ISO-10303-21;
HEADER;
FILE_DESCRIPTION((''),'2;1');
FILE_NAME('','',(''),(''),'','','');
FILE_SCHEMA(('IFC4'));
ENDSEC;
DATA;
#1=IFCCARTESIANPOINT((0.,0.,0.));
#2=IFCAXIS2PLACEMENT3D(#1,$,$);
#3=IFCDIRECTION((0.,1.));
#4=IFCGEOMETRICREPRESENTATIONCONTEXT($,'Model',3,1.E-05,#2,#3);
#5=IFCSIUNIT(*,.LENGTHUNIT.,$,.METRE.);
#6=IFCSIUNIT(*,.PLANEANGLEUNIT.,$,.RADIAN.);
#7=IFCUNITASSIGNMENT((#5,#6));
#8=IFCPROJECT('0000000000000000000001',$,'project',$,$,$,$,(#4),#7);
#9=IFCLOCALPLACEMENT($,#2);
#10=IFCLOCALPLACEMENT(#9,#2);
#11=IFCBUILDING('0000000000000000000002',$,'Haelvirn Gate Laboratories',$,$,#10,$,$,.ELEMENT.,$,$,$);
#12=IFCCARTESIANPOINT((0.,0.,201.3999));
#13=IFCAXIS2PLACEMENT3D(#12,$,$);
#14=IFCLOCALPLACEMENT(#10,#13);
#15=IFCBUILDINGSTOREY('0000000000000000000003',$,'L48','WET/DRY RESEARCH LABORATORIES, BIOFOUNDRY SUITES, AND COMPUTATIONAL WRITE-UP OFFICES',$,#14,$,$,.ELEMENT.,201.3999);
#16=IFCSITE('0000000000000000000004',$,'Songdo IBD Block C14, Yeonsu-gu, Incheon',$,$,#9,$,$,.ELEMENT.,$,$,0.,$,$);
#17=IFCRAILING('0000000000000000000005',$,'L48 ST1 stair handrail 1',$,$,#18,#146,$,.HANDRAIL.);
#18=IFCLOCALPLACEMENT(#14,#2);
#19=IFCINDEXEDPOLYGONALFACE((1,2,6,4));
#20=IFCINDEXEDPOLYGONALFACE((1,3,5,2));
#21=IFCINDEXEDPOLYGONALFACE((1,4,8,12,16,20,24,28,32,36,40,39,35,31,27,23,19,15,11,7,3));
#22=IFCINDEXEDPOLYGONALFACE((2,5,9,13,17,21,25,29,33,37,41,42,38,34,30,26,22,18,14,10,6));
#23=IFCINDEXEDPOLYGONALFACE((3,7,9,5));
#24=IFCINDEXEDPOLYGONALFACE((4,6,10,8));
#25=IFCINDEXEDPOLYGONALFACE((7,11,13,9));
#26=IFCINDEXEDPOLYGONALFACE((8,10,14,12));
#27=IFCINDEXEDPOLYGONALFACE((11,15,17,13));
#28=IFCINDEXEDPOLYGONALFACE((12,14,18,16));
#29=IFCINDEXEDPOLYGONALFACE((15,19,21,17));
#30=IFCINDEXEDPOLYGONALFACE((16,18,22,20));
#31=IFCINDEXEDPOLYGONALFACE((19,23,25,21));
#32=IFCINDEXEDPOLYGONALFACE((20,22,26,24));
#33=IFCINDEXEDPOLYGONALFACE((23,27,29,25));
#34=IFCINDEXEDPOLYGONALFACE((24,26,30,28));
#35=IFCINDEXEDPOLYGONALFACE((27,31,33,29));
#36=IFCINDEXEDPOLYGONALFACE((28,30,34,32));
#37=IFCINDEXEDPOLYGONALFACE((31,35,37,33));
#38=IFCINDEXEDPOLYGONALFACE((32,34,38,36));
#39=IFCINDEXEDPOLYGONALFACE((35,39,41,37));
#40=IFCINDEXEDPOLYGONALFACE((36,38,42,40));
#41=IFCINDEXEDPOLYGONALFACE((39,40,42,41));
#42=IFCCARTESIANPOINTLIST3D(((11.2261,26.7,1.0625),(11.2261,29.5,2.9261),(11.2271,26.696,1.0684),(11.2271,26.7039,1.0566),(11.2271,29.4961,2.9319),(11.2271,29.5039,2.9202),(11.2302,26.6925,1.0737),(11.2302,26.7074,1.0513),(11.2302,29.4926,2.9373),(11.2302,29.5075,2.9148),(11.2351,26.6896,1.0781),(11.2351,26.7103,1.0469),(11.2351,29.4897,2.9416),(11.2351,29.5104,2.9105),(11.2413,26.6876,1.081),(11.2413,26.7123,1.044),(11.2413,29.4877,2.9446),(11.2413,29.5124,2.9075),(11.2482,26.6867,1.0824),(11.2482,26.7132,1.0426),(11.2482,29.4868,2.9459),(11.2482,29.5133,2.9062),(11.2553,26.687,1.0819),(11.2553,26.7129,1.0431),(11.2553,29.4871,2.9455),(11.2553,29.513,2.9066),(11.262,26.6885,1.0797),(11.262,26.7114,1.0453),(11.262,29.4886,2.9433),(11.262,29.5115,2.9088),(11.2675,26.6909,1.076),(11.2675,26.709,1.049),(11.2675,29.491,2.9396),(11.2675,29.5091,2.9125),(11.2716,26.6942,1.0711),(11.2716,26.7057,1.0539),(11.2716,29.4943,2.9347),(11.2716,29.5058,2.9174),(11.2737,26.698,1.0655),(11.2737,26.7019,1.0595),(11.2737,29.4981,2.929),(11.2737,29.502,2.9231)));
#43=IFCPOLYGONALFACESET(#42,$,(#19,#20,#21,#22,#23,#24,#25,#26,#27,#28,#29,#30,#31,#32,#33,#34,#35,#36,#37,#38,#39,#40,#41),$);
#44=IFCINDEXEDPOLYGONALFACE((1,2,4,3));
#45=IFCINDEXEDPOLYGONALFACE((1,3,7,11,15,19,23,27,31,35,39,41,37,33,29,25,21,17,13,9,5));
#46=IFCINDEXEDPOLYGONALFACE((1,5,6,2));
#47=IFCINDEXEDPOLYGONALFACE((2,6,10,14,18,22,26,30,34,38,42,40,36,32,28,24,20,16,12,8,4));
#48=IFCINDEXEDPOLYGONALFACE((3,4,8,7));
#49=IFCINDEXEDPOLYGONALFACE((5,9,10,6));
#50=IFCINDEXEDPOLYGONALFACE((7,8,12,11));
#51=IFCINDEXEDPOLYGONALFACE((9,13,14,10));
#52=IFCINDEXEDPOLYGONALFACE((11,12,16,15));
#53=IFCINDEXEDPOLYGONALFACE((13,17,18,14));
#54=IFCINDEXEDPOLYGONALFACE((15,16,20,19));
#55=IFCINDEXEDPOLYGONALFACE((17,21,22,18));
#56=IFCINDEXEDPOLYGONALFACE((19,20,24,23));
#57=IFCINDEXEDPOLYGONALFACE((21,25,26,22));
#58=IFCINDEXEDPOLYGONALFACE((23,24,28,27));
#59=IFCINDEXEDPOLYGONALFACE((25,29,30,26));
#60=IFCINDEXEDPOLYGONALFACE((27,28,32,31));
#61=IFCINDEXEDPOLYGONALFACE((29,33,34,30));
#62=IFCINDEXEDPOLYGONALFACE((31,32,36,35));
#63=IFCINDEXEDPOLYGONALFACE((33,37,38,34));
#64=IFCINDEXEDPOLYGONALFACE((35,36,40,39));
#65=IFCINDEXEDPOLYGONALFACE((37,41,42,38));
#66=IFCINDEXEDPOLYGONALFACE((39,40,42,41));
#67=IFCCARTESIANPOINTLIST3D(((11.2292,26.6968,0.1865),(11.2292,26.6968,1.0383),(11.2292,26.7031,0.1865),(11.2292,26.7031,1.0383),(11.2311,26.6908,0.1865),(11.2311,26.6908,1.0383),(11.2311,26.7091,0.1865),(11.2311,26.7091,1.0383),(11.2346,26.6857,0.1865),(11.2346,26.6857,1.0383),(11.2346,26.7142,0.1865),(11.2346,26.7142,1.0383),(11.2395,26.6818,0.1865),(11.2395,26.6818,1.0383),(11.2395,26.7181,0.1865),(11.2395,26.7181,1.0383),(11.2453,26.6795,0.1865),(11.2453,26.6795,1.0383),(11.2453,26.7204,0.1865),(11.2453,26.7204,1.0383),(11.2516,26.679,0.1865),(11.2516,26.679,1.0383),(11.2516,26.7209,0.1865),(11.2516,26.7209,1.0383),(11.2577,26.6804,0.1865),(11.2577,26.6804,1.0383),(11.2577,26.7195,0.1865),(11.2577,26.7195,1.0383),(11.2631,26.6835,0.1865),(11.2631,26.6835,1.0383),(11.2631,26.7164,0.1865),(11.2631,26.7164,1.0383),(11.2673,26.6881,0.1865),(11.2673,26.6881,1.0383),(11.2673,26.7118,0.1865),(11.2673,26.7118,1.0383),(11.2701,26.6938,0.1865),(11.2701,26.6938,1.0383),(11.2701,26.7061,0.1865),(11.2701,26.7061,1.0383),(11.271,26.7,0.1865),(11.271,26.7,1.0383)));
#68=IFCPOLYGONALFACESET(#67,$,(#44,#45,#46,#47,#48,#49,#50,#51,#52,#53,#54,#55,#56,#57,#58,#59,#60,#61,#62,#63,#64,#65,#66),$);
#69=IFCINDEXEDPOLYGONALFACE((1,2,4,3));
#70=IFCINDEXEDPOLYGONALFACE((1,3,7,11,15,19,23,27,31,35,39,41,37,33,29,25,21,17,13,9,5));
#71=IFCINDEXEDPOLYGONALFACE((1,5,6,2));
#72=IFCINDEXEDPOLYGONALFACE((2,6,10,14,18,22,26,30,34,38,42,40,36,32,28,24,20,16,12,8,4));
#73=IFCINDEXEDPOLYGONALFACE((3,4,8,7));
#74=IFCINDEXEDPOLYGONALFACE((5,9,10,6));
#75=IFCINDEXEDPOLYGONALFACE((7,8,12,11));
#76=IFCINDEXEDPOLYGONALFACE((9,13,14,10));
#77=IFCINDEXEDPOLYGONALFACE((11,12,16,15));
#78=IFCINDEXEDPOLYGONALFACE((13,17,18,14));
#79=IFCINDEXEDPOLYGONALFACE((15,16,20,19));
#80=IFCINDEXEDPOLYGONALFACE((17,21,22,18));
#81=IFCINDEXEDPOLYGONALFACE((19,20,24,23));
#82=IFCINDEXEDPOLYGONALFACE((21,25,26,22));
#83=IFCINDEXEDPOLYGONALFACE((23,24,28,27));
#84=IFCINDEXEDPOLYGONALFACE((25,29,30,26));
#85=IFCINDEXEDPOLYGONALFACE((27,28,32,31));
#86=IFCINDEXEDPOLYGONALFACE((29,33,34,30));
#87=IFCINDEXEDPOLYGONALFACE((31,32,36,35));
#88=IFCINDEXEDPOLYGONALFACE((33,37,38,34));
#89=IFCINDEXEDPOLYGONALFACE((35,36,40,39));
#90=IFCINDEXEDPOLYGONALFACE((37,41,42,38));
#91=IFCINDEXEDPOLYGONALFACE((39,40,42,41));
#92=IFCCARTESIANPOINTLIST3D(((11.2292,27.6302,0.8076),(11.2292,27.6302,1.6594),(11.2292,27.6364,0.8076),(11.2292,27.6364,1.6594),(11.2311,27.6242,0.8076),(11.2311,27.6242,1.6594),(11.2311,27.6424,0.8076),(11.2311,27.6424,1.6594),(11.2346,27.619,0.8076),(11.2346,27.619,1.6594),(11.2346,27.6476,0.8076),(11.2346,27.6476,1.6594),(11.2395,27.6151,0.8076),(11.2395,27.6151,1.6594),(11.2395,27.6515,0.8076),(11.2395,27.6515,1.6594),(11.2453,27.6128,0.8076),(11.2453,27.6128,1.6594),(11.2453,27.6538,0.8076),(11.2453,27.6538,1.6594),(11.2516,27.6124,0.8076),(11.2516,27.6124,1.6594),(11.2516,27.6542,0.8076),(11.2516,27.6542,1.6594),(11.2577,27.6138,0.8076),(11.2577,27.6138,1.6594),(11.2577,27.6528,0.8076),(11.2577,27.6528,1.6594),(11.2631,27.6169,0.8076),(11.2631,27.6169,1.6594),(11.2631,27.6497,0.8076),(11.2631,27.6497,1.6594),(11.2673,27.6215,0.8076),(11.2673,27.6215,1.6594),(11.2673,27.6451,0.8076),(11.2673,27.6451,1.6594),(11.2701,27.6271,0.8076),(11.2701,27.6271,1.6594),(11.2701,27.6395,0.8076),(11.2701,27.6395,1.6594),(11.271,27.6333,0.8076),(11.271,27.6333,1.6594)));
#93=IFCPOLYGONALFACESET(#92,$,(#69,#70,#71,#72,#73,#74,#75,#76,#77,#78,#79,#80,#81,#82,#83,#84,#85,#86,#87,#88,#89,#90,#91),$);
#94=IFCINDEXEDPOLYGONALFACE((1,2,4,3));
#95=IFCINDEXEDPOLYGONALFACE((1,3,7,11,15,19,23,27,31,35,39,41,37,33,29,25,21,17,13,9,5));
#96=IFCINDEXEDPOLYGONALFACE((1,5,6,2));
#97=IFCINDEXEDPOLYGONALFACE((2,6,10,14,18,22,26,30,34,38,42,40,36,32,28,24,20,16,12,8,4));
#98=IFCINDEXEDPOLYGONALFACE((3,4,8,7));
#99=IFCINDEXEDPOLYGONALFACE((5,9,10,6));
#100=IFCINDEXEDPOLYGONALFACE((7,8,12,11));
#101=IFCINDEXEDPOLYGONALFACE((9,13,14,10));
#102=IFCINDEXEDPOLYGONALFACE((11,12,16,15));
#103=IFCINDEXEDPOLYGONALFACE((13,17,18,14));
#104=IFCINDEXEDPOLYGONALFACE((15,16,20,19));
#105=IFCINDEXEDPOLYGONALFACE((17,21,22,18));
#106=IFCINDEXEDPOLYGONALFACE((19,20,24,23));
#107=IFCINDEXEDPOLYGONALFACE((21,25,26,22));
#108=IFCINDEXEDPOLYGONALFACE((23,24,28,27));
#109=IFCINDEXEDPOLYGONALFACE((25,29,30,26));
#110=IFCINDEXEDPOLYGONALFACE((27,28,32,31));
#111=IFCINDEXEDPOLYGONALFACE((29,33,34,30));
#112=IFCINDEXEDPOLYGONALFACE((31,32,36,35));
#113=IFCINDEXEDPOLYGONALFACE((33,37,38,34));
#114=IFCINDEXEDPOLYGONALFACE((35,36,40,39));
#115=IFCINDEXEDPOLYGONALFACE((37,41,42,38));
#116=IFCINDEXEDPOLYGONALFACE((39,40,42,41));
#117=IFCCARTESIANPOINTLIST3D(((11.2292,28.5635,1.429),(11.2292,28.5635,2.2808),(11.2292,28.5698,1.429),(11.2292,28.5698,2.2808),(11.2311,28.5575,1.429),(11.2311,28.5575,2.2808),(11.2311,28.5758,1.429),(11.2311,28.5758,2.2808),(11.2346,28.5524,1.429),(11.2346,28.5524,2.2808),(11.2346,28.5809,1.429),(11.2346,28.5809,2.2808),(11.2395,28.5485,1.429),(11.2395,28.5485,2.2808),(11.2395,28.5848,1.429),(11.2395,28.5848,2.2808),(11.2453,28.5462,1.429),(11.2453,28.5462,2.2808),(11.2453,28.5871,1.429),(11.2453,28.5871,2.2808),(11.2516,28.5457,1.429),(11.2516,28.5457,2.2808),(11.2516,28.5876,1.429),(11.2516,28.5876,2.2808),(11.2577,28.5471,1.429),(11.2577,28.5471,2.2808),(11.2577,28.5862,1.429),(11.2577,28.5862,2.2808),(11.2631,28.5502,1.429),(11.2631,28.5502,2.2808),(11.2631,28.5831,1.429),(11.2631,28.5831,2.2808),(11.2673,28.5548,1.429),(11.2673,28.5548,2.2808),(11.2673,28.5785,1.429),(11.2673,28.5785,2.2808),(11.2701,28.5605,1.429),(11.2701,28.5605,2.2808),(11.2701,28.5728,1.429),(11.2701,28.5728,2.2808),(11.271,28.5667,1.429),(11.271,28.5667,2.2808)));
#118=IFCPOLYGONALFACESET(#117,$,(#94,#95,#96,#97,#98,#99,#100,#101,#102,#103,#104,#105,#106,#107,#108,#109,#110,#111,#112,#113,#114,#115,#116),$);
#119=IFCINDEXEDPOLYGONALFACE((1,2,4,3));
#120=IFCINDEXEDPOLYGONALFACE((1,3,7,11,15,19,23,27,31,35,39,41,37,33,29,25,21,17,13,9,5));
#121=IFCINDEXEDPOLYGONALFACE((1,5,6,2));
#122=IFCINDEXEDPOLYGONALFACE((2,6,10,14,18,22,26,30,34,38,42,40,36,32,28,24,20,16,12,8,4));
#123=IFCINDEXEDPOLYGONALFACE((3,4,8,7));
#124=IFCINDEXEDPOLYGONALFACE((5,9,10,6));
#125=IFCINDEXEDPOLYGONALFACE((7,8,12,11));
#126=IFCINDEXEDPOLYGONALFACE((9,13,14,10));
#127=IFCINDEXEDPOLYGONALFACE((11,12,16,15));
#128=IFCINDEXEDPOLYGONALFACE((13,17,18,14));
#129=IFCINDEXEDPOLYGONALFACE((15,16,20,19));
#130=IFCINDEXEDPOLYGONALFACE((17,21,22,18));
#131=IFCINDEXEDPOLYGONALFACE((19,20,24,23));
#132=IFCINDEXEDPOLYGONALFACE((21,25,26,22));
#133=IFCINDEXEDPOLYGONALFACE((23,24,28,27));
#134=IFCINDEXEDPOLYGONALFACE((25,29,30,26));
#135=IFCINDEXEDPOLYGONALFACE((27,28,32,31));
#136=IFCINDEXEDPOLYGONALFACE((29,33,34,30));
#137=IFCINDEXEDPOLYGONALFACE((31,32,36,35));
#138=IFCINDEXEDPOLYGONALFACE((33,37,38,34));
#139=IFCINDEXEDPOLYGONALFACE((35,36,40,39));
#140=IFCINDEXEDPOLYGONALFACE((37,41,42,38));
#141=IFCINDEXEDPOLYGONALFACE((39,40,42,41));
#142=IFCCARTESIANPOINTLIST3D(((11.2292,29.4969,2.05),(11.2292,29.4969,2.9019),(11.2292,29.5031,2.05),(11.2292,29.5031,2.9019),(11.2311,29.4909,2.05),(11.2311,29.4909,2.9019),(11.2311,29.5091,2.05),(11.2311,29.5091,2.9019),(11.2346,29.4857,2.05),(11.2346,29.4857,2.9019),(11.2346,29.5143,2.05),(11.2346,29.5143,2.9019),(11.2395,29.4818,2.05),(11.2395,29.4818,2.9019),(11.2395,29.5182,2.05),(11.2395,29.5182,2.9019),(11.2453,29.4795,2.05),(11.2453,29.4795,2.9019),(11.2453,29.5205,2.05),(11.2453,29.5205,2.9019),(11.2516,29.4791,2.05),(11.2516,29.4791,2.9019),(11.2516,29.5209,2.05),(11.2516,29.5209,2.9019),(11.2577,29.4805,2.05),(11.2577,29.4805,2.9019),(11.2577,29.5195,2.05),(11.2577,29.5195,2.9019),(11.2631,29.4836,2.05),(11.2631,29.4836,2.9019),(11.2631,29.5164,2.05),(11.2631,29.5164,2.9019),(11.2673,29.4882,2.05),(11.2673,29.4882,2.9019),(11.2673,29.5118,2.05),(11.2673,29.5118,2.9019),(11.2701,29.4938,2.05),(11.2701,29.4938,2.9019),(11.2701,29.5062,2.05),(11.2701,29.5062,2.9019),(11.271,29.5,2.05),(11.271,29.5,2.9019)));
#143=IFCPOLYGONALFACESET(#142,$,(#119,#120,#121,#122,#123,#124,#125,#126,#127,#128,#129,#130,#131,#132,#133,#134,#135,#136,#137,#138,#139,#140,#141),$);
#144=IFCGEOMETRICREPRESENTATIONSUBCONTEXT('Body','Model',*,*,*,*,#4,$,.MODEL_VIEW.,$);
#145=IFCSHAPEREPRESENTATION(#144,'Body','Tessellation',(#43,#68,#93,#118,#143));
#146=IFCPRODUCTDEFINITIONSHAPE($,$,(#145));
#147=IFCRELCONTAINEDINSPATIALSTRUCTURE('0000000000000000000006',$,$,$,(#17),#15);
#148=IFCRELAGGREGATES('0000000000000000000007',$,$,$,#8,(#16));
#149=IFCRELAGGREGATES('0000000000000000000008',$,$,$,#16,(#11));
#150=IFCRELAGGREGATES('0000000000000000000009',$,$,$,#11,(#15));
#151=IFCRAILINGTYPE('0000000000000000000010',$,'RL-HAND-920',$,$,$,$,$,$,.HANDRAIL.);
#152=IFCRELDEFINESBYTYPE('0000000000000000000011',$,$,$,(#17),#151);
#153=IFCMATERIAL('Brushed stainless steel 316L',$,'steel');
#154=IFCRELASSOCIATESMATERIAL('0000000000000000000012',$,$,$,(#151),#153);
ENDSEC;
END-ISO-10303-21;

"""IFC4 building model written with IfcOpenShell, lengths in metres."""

from ifc_helpers import new_model, si_unit, direction, frame, origin, origin_2d, place, context, subcontext, project, spatial, circle, extrude, source, transform, mapped, material, type_object, element, save


model = new_model("IFC4")

# Units and contexts
model_context = context("Model", 3, precision=1e-05, world=origin(), true_north=direction((0.0, 1.0)))
body_context = subcontext(model_context, "Body", "Model", "MODEL_VIEW")
ifc_project = project(units=[si_unit("LENGTHUNIT", "METRE"), si_unit("PLANEANGLEUNIT", "RADIAN")], contexts=[model_context])

# Site, building, storey
site_placement = place(None, origin())
site = spatial("IfcSite", under=ifc_project, at=site_placement, Name="Songdo IBD Block C14, Yeonsu-gu, Incheon", CompositionType="ELEMENT", RefElevation=0.0)
building_placement = place(site_placement, origin())
building = spatial("IfcBuilding", under=site, at=building_placement, Name="Haelvirn Gate Laboratories", CompositionType="ELEMENT")
storey_placement = place(building_placement, frame((0.0, 0.0, 201.3999)))
storey = spatial("IfcBuildingStorey", under=building, at=storey_placement, Name="L48", Description="WET/DRY RESEARCH LABORATORIES, BIOFOUNDRY SUITES, AND COMPUTATIONAL WRITE-UP OFFICES", CompositionType="ELEMENT", Elevation=201.3999)

# Railing
ifc_material_1 = material(Name="Brushed stainless steel 316L", Category="steel")
railing_type_1 = type_object("IfcRailingType", Name="RL-HAND-920", PredefinedType="HANDRAIL", material=ifc_material_1)
shared_shape_1 = source(origin(), body_context, "Body", "SweptSolid", [
    extrude(circle(Radius=0.0239, at=origin_2d()), frame((0.0, 0.0, 0.876), z_axis=(0.0, 0.832486, 0.554047), x_axis=(-1.0, 0.0, 0.0)), (0.0, 0.0, 1.0), 3.3635),
    extrude(circle(Radius=0.021, at=origin_2d()), origin(), (0.0, 0.0, 1.0), 0.8518),
    extrude(circle(Radius=0.021, at=origin_2d()), frame((0.0, 0.9333, 0.6211)), (0.0, 0.0, 1.0), 0.8518),
    extrude(circle(Radius=0.021, at=origin_2d()), frame((0.0, 1.8667, 1.2424)), (0.0, 0.0, 1.0), 0.8518),
    extrude(circle(Radius=0.021, at=origin_2d()), frame((0.0, 2.8, 1.8635)), (0.0, 0.0, 1.0), 0.8518),
])
railing_1_placement = place(storey_placement, frame((11.25, 26.7, 0.1865)))
element("IfcRailing", 1, at=railing_1_placement, inside=storey, type_object=railing_type_1, Name="L48 ST1 stair handrail 1", PredefinedType="HANDRAIL", context=body_context, shape_type="MappedRepresentation", body=[
    mapped(shared_shape_1, transform((0.0, 0.0, 0.0), scale=1.0)),
])

save(model, "model.ifc")
